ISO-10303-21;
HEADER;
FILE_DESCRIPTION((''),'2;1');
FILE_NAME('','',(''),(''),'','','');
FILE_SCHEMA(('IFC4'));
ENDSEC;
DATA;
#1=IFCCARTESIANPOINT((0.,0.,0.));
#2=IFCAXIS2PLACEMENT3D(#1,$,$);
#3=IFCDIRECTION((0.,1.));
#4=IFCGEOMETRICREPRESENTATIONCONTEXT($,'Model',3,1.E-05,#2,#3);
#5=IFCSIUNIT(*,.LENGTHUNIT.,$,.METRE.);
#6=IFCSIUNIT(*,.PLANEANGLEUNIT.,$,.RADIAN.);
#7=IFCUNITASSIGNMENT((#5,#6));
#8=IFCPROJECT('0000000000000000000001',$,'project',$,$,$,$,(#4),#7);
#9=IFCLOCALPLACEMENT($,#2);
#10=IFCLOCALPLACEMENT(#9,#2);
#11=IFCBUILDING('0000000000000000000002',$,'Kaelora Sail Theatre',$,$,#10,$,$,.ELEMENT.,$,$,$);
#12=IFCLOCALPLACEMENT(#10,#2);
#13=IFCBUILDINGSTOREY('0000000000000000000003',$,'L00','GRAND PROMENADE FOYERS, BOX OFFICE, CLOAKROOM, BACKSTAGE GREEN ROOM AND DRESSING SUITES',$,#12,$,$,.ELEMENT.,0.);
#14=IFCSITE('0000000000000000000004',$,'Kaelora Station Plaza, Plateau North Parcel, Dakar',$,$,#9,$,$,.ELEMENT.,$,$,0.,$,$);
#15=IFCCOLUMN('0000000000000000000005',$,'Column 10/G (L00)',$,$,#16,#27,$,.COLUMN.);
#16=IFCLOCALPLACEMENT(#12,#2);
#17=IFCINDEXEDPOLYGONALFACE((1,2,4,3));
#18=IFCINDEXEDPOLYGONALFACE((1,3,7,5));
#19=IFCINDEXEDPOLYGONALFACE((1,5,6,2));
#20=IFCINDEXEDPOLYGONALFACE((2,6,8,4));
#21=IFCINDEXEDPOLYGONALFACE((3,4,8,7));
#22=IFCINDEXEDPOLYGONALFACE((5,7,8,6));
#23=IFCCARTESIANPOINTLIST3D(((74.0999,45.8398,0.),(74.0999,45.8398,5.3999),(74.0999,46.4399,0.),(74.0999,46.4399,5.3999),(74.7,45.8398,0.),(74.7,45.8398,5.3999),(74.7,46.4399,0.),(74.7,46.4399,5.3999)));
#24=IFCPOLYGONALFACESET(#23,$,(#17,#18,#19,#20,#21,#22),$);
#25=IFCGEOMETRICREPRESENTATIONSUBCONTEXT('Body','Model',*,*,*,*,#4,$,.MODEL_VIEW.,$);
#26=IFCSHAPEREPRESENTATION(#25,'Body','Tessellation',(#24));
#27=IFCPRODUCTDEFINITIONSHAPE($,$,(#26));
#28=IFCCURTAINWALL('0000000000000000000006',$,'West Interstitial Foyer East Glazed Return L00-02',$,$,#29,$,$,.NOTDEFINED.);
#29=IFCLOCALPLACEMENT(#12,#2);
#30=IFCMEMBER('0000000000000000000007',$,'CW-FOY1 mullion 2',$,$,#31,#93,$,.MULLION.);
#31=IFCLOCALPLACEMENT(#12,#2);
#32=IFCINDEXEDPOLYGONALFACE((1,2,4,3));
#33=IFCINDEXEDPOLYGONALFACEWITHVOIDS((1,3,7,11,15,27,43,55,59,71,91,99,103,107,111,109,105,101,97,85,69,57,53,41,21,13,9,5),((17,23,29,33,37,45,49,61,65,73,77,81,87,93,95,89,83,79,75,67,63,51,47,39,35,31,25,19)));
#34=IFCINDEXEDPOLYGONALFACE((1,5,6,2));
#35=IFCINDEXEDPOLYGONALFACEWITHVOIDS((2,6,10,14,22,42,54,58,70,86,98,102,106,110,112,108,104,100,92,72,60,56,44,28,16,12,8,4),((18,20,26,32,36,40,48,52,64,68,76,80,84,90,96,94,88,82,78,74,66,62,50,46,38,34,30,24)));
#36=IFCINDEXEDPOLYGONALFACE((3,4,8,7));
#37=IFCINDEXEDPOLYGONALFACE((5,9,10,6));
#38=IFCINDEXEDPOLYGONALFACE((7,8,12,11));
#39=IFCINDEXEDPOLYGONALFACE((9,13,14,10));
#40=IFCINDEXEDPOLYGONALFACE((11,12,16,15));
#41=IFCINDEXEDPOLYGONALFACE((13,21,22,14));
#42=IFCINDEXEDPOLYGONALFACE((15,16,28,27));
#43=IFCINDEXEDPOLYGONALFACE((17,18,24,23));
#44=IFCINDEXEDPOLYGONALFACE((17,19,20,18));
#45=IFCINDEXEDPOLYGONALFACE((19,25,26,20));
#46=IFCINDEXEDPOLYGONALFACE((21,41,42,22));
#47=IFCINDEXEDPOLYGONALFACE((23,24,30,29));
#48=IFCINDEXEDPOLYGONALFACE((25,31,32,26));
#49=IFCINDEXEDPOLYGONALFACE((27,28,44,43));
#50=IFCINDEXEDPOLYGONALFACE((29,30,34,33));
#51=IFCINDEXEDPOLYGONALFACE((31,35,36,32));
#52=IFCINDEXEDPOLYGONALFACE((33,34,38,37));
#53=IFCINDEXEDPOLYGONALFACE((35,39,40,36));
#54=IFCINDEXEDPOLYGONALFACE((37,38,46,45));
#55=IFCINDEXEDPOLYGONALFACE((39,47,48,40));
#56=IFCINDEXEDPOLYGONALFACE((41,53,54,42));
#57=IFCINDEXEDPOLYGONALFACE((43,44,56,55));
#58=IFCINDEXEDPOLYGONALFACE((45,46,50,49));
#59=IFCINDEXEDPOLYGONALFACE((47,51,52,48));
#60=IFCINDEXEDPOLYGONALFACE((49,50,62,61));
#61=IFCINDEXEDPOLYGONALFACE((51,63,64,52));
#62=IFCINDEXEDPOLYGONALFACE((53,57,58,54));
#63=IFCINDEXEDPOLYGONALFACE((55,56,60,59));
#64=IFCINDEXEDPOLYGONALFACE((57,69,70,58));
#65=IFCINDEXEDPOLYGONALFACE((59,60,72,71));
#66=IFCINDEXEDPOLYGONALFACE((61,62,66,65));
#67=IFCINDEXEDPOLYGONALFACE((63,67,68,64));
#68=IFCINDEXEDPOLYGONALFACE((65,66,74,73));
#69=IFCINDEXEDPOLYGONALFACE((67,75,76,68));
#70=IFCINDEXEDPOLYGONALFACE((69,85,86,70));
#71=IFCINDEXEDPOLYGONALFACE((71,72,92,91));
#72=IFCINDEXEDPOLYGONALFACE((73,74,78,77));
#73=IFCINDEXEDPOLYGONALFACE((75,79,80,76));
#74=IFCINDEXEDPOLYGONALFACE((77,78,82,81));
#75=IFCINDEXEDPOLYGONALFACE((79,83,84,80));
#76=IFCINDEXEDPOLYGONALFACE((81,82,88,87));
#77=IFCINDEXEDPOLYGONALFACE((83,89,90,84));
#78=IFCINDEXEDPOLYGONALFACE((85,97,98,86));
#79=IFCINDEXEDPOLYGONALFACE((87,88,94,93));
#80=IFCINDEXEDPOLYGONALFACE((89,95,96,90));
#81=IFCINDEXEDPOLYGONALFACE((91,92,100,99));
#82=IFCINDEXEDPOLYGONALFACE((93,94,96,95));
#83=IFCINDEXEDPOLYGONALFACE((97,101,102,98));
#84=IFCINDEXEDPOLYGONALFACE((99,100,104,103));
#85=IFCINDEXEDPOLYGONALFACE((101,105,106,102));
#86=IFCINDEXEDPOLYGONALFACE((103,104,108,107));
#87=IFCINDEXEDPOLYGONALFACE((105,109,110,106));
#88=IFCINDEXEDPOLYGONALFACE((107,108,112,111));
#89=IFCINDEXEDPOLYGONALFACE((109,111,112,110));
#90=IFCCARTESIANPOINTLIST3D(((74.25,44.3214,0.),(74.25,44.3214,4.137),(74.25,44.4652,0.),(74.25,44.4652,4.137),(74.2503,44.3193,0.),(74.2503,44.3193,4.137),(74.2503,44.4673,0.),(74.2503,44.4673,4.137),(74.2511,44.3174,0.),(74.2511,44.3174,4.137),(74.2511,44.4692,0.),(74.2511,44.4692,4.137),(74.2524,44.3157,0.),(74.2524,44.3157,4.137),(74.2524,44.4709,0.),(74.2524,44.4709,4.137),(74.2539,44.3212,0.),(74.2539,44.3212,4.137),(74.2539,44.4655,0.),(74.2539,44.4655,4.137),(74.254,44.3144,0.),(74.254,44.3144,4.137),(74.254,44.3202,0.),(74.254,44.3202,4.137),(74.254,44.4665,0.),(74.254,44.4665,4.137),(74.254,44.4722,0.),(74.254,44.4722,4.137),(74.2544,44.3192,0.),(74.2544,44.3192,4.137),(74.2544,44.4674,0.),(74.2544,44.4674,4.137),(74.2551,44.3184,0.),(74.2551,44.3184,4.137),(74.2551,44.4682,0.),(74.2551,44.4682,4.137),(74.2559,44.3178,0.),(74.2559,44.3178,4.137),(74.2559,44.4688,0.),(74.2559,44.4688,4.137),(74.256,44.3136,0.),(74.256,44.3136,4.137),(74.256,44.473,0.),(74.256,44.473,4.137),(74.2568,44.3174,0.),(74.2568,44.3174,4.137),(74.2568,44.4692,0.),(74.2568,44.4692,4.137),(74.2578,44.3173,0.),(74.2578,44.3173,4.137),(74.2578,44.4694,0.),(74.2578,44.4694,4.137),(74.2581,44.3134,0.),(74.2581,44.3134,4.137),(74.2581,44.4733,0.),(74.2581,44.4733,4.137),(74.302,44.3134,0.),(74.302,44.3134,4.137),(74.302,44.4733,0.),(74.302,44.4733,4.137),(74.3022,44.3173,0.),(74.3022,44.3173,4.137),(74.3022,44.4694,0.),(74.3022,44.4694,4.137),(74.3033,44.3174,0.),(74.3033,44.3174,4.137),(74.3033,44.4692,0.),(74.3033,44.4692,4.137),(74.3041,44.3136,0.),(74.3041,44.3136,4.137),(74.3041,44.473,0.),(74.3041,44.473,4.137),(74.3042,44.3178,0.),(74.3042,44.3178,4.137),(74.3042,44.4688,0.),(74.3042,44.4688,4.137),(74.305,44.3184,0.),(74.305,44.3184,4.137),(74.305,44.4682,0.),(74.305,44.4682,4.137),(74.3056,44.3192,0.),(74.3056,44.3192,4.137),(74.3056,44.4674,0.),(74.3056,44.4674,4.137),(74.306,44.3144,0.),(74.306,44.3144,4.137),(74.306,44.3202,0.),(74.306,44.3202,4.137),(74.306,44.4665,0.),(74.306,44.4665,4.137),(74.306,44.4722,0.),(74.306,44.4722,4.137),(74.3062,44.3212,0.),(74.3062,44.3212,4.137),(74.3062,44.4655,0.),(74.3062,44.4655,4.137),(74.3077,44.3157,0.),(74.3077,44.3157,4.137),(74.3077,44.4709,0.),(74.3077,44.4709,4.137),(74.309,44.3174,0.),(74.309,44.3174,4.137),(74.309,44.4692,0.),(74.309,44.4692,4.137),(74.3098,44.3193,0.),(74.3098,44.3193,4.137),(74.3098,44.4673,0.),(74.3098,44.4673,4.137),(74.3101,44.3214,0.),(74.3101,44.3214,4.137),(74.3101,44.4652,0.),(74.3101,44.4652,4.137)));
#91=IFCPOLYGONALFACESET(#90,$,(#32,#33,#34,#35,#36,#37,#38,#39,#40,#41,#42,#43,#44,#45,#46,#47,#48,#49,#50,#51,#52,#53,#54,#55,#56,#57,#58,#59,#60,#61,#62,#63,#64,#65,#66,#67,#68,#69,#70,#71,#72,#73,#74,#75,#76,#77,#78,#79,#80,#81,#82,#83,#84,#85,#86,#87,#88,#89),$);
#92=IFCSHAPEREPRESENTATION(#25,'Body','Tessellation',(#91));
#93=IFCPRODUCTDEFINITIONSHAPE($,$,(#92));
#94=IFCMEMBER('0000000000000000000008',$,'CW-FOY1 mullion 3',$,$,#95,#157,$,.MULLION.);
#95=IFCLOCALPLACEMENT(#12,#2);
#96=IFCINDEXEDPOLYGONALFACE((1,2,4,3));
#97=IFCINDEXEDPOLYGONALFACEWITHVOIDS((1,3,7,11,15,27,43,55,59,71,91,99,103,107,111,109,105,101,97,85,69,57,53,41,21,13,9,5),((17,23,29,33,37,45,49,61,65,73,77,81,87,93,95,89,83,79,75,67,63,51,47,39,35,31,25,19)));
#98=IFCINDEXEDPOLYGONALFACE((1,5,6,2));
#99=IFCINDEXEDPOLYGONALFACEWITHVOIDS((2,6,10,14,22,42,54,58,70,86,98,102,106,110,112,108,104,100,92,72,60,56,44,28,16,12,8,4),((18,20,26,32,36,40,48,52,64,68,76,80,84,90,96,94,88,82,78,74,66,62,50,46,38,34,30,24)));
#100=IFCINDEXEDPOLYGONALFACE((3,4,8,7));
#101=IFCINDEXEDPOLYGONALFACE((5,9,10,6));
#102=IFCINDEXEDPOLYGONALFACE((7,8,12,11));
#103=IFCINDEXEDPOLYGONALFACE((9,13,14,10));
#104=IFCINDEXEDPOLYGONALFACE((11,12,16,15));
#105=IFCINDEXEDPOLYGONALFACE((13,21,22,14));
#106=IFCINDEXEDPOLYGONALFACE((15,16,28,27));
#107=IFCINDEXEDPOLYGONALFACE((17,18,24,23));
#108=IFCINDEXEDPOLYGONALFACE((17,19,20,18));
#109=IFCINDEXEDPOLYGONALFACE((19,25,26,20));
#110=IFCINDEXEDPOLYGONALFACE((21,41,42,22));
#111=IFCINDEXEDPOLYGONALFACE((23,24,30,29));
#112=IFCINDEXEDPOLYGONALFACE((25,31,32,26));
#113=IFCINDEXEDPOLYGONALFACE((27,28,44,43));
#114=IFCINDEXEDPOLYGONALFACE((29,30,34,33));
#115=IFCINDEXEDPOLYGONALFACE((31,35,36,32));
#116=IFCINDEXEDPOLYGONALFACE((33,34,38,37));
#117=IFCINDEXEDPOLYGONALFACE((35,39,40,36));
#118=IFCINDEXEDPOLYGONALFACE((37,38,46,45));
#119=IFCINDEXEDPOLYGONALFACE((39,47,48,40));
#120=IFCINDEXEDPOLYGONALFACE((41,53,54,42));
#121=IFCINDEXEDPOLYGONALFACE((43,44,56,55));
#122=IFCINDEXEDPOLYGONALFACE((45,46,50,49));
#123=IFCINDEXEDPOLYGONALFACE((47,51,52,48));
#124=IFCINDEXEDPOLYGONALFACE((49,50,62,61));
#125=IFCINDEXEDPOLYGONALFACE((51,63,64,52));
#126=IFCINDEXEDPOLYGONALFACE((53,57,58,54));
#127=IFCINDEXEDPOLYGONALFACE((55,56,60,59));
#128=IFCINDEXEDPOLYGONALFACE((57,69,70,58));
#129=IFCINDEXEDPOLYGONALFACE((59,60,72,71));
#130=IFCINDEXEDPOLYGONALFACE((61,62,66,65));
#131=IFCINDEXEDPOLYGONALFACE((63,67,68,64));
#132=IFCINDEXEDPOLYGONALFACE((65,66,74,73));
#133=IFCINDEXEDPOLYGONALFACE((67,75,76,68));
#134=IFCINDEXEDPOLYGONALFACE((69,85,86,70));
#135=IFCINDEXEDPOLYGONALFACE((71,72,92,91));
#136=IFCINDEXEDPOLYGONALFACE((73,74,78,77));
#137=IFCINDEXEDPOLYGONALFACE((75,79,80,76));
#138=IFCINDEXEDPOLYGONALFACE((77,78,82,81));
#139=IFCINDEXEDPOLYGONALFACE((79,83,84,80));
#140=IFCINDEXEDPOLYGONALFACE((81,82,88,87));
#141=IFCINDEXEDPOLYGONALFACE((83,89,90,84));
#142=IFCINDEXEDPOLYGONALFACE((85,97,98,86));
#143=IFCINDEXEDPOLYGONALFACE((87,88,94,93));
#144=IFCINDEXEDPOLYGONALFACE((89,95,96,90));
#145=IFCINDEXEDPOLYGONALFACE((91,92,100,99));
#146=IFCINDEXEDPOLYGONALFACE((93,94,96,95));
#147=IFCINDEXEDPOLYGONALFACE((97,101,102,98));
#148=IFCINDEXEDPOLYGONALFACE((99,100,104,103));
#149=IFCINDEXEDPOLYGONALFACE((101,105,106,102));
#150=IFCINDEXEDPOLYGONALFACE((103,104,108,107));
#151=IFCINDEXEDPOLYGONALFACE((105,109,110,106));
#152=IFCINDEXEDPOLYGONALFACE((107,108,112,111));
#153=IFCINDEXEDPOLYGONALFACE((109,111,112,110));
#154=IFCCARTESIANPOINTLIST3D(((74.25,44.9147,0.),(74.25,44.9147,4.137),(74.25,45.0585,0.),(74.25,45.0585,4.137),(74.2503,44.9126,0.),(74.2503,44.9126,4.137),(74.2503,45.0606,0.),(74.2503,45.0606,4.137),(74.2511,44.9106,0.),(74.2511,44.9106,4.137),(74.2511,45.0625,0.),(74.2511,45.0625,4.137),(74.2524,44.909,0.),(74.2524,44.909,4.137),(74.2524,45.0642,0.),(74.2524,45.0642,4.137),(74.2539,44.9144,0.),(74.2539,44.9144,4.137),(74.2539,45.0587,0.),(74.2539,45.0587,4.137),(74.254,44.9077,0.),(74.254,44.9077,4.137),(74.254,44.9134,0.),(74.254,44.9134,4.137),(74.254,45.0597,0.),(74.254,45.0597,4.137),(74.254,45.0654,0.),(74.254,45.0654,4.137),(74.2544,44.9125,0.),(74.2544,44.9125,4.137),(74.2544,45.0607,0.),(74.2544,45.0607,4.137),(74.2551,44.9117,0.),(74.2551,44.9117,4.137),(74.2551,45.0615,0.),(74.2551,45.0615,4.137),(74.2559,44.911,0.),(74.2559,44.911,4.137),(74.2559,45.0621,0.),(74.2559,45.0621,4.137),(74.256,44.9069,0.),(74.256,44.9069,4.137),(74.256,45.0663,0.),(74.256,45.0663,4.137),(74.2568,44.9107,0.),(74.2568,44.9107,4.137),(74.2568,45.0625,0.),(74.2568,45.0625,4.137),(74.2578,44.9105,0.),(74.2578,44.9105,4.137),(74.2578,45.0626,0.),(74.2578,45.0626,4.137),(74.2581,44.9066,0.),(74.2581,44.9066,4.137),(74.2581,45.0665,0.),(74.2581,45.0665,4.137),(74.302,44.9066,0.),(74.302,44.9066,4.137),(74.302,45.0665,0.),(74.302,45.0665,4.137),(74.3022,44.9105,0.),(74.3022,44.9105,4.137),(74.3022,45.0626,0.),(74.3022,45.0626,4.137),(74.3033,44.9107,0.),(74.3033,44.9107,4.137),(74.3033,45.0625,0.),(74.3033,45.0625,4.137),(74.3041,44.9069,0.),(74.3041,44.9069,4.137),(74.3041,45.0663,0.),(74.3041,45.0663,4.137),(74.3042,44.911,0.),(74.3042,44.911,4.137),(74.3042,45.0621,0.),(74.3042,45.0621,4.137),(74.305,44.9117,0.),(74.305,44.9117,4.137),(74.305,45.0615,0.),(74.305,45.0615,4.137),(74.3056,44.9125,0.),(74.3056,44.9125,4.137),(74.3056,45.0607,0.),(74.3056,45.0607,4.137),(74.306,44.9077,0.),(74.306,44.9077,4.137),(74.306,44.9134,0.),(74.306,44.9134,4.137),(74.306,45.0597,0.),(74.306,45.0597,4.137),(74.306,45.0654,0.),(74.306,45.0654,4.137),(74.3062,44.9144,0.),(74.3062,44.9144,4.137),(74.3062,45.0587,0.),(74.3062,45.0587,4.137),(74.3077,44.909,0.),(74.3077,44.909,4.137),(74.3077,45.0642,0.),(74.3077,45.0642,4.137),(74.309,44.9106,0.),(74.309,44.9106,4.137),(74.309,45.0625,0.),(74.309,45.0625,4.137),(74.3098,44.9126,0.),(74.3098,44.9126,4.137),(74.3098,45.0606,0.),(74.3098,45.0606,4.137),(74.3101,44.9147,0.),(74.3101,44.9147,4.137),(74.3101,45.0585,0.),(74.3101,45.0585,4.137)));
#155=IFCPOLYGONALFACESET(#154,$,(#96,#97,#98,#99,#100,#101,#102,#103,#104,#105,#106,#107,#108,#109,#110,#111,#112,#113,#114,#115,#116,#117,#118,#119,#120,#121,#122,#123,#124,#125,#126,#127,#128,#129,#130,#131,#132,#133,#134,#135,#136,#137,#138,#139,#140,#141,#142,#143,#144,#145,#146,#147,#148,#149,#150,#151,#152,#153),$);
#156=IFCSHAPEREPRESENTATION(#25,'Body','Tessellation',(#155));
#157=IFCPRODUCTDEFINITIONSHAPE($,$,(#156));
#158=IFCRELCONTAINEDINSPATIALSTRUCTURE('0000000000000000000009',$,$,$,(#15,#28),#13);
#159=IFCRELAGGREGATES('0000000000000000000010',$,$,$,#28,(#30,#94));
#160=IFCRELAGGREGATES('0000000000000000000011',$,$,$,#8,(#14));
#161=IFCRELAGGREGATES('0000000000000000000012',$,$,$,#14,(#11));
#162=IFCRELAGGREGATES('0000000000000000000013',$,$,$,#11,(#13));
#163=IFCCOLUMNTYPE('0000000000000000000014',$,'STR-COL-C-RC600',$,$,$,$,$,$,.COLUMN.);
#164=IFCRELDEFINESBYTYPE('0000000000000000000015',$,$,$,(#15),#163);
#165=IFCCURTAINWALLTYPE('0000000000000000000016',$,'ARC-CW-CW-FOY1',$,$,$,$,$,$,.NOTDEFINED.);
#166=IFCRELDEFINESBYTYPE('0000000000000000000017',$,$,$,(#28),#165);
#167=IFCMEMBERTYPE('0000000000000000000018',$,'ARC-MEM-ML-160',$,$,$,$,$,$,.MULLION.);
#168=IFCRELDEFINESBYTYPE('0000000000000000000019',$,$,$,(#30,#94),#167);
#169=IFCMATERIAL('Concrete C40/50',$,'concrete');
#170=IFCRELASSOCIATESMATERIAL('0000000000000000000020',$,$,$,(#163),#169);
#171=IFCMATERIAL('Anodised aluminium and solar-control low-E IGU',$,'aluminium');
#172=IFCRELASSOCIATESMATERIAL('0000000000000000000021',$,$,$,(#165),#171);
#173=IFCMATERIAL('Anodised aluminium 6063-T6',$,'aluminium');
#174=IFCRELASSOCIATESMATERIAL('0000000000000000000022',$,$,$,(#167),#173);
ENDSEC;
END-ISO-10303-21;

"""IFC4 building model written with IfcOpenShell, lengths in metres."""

from ifc_helpers import new_model, si_unit, direction, frame, origin, origin_2d, place, context, subcontext, project, spatial, rectangle, hollow_rectangle, extrude, material, material_profile, profile_set, type_object, element, aggregate, save


model = new_model("IFC4")

# Units and contexts
model_context = context("Model", 3, precision=1e-05, world=origin(), true_north=direction((0.0, 1.0)))
body_context = subcontext(model_context, "Body", "Model", "MODEL_VIEW")
ifc_project = project(units=[si_unit("LENGTHUNIT", "METRE"), si_unit("PLANEANGLEUNIT", "RADIAN")], contexts=[model_context])

# Site, building, storey
site_placement = place(None, origin())
site = spatial("IfcSite", under=ifc_project, at=site_placement, Name="Kaelora Station Plaza, Plateau North Parcel, Dakar", CompositionType="ELEMENT", RefElevation=0.0)
building_placement = place(site_placement, origin())
building = spatial("IfcBuilding", under=site, at=building_placement, Name="Kaelora Sail Theatre", CompositionType="ELEMENT")
storey_placement = place(building_placement, origin())
storey = spatial("IfcBuildingStorey", under=building, at=storey_placement, Name="L00", Description="GRAND PROMENADE FOYERS, BOX OFFICE, CLOAKROOM, BACKSTAGE GREEN ROOM AND DRESSING SUITES", CompositionType="ELEMENT", Elevation=0.0)

# Column
ifc_material_1 = material(Name="Concrete C40/50", Category="concrete")
ifc_material_profile_1 = material_profile(ifc_material_1, rectangle(XDim=0.6001, YDim=0.6001, at=origin_2d()), Name="RC-COL 600x600")
ifc_profile_set_1 = profile_set([ifc_material_profile_1], Name="Concrete C40/50")
column_type = type_object("IfcColumnType", Name="STR-COL-C-RC600", PredefinedType="COLUMN", material=ifc_profile_set_1)
column_placement = place(storey_placement, frame((74.3999, 46.1399, 0.0), z_axis=(0.0, 0.0, 1.0), x_axis=(1.0, 0.0, 0.0)))
element("IfcColumn", 1, at=column_placement, inside=storey, type_object=column_type, Name="Column 10/G (L00)", PredefinedType="COLUMN", context=body_context, shape_type="SweptSolid", body=[
    extrude(rectangle(XDim=0.6001, YDim=0.6001, at=origin_2d()), origin(), (0.0, 0.0, 1.0), 5.3999),
])

# Curtain wall, members
ifc_material_2 = material(Name="Anodised aluminium and solar-control low-E IGU", Category="aluminium")
curtain_wall_type = type_object("IfcCurtainWallType", Name="ARC-CW-CW-FOY1", PredefinedType="NOTDEFINED", material=ifc_material_2)
curtain_wall_1_placement = place(storey_placement, origin())
curtain_wall_1 = element("IfcCurtainWall", 2, at=curtain_wall_1_placement, inside=storey, type_object=curtain_wall_type, Name="West Interstitial Foyer East Glazed Return L00-02", PredefinedType="NOTDEFINED")
ifc_material_3 = material(Name="Anodised aluminium 6063-T6", Category="aluminium")
ifc_material_profile_2 = material_profile(ifc_material_3, hollow_rectangle(XDim=0.0601, YDim=0.1599, WallThickness=0.0039, InnerFilletRadius=0.0039, OuterFilletRadius=0.0081, at=origin_2d()), Name="ALU-MULL 60x160x4")
ifc_profile_set_2 = profile_set([ifc_material_profile_2], Name="Anodised aluminium 6063-T6")
member_type_1 = type_object("IfcMemberType", Name="ARC-MEM-ML-160", PredefinedType="MULLION", material=ifc_profile_set_2)
member_1_placement = place(storey_placement, frame((74.28, 44.3933, 0.0), z_axis=(0.0, 0.0, 1.0), x_axis=(-1.0, 0.0, 0.0)))
member_1 = element("IfcMember", 3, at=member_1_placement, type_object=member_type_1, Name="CW-FOY1 mullion 2", PredefinedType="MULLION", context=body_context, shape_type="SweptSolid", body=[
    extrude(hollow_rectangle(XDim=0.0601, YDim=0.1599, WallThickness=0.0039, InnerFilletRadius=0.0039, OuterFilletRadius=0.0081, at=origin_2d()), origin(), (0.0, 0.0, 1.0), 4.137),
])
member_2_placement = place(storey_placement, frame((74.28, 44.9866, 0.0), z_axis=(0.0, 0.0, 1.0), x_axis=(-1.0, 0.0, 0.0)))
member_2 = element("IfcMember", 4, at=member_2_placement, type_object=member_type_1, Name="CW-FOY1 mullion 3", PredefinedType="MULLION", context=body_context, shape_type="SweptSolid", body=[
    extrude(hollow_rectangle(XDim=0.0601, YDim=0.1599, WallThickness=0.0039, InnerFilletRadius=0.0039, OuterFilletRadius=0.0081, at=origin_2d()), origin(), (0.0, 0.0, 1.0), 4.137),
])

aggregate(curtain_wall_1, [member_1, member_2])

save(model, "model.ifc")
